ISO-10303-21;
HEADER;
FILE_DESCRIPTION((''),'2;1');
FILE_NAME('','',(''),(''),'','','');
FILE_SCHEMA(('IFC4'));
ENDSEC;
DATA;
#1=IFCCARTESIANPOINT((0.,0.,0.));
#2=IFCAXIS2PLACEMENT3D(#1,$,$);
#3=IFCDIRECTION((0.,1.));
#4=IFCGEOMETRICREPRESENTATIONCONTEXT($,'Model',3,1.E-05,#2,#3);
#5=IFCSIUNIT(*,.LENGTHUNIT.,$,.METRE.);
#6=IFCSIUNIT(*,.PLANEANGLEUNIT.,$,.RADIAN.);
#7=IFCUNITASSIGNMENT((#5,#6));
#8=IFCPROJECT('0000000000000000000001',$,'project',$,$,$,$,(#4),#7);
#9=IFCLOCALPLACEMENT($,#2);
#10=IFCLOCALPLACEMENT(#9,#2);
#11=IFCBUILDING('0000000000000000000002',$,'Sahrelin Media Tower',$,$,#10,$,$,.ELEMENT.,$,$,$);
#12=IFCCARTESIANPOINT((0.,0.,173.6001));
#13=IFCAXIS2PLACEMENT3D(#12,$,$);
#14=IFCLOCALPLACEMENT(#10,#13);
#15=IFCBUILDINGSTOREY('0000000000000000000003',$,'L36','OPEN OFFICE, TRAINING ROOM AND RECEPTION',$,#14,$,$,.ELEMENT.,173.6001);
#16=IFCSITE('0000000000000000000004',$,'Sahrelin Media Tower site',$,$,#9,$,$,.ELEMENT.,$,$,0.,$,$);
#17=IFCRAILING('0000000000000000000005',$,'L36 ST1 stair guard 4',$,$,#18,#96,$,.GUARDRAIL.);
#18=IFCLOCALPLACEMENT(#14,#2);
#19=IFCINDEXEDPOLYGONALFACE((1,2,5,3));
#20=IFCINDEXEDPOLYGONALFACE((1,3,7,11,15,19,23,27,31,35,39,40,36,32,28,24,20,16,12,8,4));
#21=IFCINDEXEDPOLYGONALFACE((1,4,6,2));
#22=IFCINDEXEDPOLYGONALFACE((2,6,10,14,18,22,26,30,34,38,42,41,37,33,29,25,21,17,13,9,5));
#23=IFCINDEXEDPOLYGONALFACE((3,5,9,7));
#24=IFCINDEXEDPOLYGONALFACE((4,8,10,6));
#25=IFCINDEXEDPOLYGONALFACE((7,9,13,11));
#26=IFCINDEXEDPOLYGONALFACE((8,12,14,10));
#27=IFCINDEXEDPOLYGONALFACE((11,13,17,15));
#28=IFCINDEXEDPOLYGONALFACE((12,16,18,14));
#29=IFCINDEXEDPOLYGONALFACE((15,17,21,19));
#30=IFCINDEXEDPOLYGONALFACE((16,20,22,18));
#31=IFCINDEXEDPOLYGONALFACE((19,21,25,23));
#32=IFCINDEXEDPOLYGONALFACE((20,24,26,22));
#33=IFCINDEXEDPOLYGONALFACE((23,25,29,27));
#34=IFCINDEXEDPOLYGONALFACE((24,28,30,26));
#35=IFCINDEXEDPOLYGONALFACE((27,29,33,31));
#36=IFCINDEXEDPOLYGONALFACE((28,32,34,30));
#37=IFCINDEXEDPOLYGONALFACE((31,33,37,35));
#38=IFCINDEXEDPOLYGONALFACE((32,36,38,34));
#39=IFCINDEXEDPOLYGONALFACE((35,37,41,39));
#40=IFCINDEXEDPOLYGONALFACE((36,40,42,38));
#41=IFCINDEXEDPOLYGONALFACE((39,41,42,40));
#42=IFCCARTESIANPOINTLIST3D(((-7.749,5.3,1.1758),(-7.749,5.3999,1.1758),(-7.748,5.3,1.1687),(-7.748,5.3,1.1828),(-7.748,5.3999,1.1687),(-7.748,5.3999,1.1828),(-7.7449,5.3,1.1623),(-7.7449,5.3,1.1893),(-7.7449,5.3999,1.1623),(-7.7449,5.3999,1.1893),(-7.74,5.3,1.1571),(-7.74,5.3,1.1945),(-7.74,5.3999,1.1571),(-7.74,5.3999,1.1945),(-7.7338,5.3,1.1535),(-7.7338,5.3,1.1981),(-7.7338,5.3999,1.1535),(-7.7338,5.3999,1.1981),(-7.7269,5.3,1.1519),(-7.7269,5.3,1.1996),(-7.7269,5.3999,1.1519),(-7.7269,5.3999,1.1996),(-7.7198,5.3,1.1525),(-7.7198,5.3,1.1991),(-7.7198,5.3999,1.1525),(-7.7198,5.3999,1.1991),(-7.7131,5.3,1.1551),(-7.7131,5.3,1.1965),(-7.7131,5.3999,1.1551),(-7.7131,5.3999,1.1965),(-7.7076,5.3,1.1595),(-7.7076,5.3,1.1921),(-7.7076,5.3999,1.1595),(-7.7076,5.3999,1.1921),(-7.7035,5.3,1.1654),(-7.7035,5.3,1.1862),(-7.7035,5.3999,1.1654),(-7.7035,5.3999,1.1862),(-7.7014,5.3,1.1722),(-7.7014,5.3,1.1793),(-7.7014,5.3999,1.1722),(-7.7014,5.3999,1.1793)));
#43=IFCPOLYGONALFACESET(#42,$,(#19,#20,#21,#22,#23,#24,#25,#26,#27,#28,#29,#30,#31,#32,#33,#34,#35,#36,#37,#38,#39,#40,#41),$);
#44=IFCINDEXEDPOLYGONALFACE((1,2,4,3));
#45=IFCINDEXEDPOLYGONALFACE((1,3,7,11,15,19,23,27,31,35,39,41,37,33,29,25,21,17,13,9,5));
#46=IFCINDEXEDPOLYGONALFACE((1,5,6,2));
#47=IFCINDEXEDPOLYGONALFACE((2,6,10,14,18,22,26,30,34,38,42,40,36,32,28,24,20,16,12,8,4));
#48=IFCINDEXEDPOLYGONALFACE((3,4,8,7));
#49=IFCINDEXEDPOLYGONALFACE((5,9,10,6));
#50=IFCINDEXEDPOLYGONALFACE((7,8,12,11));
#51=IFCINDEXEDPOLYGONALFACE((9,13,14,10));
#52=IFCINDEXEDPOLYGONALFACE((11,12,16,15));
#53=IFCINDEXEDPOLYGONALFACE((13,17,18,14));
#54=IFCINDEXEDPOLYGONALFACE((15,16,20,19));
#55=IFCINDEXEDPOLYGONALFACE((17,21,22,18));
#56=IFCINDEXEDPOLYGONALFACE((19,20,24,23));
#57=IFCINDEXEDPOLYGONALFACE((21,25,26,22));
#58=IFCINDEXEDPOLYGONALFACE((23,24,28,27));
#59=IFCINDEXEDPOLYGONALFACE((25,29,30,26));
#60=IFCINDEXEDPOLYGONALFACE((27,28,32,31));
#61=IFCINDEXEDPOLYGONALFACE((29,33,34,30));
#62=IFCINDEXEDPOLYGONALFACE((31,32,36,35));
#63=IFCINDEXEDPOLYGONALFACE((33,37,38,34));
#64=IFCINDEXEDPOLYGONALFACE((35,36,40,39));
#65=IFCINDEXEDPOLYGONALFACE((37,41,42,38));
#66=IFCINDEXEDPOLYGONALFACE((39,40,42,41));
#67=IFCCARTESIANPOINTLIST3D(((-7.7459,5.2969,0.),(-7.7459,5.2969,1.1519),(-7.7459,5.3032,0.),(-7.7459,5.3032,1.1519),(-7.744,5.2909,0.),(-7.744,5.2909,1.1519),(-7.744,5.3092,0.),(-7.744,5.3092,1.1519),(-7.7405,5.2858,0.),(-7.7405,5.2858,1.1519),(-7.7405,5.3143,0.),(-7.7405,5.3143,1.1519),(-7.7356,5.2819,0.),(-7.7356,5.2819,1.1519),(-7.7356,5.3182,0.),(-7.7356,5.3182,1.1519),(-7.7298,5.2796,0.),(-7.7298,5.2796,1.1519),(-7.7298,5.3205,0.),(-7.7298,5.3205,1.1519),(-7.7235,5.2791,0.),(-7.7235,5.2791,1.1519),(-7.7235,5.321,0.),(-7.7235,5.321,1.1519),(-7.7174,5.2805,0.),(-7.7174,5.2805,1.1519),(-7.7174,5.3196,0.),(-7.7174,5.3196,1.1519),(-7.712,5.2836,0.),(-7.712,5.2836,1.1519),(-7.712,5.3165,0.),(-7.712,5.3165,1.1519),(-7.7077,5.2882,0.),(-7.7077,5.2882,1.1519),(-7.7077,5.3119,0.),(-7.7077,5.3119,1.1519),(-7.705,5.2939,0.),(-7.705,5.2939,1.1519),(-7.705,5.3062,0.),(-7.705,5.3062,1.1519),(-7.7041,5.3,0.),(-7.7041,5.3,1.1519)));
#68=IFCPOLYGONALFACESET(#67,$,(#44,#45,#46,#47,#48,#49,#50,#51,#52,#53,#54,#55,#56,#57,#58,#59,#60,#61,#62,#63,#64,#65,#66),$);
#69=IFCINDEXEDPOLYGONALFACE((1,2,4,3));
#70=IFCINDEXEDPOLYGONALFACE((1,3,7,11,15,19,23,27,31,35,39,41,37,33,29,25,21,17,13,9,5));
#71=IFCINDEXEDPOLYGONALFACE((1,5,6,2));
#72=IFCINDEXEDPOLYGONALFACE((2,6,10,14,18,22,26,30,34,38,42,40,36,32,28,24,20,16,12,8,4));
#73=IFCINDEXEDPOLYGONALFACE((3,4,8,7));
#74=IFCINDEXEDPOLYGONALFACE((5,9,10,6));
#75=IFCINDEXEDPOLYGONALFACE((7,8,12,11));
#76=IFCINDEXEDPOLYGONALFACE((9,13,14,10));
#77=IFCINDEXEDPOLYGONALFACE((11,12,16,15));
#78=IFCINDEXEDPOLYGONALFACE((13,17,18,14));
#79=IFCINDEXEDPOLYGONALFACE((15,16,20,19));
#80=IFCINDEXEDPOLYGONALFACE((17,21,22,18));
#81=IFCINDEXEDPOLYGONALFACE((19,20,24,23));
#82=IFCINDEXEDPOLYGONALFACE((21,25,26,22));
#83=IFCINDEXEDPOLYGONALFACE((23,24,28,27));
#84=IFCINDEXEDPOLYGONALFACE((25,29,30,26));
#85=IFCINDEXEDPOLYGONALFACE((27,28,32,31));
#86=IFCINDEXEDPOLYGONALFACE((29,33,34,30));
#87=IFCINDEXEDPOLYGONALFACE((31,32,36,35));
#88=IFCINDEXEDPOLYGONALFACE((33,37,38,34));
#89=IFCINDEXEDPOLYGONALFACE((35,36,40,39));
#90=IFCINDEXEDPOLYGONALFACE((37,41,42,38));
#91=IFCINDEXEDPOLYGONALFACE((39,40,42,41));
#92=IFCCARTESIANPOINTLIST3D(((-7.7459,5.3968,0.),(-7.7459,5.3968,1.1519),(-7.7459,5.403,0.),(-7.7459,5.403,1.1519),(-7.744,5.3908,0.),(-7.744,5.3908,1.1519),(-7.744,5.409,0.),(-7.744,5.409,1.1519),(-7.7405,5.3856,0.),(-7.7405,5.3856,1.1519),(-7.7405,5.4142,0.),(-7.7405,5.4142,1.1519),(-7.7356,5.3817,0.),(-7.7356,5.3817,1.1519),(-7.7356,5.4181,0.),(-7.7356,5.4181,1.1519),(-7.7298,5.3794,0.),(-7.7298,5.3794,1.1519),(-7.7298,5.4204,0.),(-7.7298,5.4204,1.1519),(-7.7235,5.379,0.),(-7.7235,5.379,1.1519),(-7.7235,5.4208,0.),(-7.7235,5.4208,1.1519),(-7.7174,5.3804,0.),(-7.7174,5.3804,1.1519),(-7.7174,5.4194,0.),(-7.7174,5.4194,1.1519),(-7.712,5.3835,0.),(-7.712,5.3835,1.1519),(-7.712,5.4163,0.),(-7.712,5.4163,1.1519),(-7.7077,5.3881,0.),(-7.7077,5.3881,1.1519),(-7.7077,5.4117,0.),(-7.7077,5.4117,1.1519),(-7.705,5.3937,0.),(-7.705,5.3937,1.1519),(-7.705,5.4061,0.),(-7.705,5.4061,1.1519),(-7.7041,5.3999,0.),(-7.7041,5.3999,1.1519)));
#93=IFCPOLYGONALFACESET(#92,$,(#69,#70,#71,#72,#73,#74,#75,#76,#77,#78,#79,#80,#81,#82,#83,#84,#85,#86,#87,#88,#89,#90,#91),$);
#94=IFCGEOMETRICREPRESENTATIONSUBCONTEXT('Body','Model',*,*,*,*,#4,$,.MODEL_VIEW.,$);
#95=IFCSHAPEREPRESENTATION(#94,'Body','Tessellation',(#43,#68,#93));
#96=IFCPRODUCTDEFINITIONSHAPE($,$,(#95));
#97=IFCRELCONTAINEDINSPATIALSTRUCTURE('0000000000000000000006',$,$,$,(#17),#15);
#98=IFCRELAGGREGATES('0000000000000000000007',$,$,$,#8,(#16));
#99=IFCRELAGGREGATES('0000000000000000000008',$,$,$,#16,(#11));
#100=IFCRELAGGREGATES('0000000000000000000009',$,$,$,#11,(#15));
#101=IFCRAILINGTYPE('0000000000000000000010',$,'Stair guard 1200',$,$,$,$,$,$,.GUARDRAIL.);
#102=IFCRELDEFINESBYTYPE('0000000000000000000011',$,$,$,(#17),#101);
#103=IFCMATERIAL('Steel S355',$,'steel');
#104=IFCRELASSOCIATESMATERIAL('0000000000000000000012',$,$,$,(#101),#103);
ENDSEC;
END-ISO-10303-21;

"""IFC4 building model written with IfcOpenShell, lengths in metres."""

from ifc_helpers import new_model, si_unit, direction, frame, origin, origin_2d, place, context, subcontext, project, spatial, circle, extrude, material, type_object, element, save


model = new_model("IFC4")

# Units and contexts
model_context = context("Model", 3, precision=1e-05, world=origin(), true_north=direction((0.0, 1.0)))
body_context = subcontext(model_context, "Body", "Model", "MODEL_VIEW")
ifc_project = project(units=[si_unit("LENGTHUNIT", "METRE"), si_unit("PLANEANGLEUNIT", "RADIAN")], contexts=[model_context])

# Site, building, storey
site_placement = place(None, origin())
site = spatial("IfcSite", under=ifc_project, at=site_placement, Name="Sahrelin Media Tower site", CompositionType="ELEMENT", RefElevation=0.0)
building_placement = place(site_placement, origin())
building = spatial("IfcBuilding", under=site, at=building_placement, Name="Sahrelin Media Tower", CompositionType="ELEMENT")
storey_placement = place(building_placement, frame((0.0, 0.0, 173.6001)))
storey = spatial("IfcBuildingStorey", under=building, at=storey_placement, Name="L36", Description="OPEN OFFICE, TRAINING ROOM AND RECEPTION", CompositionType="ELEMENT", Elevation=173.6001)

# Shared definitions
ifc_material_1 = material(Name="Steel S355", Category="steel")

# Railing
railing_type_1 = type_object("IfcRailingType", Name="Stair guard 1200", PredefinedType="GUARDRAIL", material=ifc_material_1)
railing_1_placement = place(storey_placement, frame((-7.7251, 5.3, 0.0)))
element("IfcRailing", 1, at=railing_1_placement, inside=storey, type_object=railing_type_1, Name="L36 ST1 stair guard 4", PredefinedType="GUARDRAIL", context=body_context, shape_type="SweptSolid", body=[
    extrude(circle(Radius=0.0239, at=origin_2d()), frame((0.0, 0.0, 1.1758), z_axis=(0.0, 1.0, 0.0), x_axis=(-1.0, 0.0, 0.0)), (0.0, 0.0, 1.0), 0.0999),
    extrude(circle(Radius=0.021, at=origin_2d()), origin(), (0.0, 0.0, 1.0), 1.1519),
    extrude(circle(Radius=0.021, at=origin_2d()), frame((0.0, 0.0999, 0.0)), (0.0, 0.0, 1.0), 1.1519),
])

save(model, "model.ifc")
